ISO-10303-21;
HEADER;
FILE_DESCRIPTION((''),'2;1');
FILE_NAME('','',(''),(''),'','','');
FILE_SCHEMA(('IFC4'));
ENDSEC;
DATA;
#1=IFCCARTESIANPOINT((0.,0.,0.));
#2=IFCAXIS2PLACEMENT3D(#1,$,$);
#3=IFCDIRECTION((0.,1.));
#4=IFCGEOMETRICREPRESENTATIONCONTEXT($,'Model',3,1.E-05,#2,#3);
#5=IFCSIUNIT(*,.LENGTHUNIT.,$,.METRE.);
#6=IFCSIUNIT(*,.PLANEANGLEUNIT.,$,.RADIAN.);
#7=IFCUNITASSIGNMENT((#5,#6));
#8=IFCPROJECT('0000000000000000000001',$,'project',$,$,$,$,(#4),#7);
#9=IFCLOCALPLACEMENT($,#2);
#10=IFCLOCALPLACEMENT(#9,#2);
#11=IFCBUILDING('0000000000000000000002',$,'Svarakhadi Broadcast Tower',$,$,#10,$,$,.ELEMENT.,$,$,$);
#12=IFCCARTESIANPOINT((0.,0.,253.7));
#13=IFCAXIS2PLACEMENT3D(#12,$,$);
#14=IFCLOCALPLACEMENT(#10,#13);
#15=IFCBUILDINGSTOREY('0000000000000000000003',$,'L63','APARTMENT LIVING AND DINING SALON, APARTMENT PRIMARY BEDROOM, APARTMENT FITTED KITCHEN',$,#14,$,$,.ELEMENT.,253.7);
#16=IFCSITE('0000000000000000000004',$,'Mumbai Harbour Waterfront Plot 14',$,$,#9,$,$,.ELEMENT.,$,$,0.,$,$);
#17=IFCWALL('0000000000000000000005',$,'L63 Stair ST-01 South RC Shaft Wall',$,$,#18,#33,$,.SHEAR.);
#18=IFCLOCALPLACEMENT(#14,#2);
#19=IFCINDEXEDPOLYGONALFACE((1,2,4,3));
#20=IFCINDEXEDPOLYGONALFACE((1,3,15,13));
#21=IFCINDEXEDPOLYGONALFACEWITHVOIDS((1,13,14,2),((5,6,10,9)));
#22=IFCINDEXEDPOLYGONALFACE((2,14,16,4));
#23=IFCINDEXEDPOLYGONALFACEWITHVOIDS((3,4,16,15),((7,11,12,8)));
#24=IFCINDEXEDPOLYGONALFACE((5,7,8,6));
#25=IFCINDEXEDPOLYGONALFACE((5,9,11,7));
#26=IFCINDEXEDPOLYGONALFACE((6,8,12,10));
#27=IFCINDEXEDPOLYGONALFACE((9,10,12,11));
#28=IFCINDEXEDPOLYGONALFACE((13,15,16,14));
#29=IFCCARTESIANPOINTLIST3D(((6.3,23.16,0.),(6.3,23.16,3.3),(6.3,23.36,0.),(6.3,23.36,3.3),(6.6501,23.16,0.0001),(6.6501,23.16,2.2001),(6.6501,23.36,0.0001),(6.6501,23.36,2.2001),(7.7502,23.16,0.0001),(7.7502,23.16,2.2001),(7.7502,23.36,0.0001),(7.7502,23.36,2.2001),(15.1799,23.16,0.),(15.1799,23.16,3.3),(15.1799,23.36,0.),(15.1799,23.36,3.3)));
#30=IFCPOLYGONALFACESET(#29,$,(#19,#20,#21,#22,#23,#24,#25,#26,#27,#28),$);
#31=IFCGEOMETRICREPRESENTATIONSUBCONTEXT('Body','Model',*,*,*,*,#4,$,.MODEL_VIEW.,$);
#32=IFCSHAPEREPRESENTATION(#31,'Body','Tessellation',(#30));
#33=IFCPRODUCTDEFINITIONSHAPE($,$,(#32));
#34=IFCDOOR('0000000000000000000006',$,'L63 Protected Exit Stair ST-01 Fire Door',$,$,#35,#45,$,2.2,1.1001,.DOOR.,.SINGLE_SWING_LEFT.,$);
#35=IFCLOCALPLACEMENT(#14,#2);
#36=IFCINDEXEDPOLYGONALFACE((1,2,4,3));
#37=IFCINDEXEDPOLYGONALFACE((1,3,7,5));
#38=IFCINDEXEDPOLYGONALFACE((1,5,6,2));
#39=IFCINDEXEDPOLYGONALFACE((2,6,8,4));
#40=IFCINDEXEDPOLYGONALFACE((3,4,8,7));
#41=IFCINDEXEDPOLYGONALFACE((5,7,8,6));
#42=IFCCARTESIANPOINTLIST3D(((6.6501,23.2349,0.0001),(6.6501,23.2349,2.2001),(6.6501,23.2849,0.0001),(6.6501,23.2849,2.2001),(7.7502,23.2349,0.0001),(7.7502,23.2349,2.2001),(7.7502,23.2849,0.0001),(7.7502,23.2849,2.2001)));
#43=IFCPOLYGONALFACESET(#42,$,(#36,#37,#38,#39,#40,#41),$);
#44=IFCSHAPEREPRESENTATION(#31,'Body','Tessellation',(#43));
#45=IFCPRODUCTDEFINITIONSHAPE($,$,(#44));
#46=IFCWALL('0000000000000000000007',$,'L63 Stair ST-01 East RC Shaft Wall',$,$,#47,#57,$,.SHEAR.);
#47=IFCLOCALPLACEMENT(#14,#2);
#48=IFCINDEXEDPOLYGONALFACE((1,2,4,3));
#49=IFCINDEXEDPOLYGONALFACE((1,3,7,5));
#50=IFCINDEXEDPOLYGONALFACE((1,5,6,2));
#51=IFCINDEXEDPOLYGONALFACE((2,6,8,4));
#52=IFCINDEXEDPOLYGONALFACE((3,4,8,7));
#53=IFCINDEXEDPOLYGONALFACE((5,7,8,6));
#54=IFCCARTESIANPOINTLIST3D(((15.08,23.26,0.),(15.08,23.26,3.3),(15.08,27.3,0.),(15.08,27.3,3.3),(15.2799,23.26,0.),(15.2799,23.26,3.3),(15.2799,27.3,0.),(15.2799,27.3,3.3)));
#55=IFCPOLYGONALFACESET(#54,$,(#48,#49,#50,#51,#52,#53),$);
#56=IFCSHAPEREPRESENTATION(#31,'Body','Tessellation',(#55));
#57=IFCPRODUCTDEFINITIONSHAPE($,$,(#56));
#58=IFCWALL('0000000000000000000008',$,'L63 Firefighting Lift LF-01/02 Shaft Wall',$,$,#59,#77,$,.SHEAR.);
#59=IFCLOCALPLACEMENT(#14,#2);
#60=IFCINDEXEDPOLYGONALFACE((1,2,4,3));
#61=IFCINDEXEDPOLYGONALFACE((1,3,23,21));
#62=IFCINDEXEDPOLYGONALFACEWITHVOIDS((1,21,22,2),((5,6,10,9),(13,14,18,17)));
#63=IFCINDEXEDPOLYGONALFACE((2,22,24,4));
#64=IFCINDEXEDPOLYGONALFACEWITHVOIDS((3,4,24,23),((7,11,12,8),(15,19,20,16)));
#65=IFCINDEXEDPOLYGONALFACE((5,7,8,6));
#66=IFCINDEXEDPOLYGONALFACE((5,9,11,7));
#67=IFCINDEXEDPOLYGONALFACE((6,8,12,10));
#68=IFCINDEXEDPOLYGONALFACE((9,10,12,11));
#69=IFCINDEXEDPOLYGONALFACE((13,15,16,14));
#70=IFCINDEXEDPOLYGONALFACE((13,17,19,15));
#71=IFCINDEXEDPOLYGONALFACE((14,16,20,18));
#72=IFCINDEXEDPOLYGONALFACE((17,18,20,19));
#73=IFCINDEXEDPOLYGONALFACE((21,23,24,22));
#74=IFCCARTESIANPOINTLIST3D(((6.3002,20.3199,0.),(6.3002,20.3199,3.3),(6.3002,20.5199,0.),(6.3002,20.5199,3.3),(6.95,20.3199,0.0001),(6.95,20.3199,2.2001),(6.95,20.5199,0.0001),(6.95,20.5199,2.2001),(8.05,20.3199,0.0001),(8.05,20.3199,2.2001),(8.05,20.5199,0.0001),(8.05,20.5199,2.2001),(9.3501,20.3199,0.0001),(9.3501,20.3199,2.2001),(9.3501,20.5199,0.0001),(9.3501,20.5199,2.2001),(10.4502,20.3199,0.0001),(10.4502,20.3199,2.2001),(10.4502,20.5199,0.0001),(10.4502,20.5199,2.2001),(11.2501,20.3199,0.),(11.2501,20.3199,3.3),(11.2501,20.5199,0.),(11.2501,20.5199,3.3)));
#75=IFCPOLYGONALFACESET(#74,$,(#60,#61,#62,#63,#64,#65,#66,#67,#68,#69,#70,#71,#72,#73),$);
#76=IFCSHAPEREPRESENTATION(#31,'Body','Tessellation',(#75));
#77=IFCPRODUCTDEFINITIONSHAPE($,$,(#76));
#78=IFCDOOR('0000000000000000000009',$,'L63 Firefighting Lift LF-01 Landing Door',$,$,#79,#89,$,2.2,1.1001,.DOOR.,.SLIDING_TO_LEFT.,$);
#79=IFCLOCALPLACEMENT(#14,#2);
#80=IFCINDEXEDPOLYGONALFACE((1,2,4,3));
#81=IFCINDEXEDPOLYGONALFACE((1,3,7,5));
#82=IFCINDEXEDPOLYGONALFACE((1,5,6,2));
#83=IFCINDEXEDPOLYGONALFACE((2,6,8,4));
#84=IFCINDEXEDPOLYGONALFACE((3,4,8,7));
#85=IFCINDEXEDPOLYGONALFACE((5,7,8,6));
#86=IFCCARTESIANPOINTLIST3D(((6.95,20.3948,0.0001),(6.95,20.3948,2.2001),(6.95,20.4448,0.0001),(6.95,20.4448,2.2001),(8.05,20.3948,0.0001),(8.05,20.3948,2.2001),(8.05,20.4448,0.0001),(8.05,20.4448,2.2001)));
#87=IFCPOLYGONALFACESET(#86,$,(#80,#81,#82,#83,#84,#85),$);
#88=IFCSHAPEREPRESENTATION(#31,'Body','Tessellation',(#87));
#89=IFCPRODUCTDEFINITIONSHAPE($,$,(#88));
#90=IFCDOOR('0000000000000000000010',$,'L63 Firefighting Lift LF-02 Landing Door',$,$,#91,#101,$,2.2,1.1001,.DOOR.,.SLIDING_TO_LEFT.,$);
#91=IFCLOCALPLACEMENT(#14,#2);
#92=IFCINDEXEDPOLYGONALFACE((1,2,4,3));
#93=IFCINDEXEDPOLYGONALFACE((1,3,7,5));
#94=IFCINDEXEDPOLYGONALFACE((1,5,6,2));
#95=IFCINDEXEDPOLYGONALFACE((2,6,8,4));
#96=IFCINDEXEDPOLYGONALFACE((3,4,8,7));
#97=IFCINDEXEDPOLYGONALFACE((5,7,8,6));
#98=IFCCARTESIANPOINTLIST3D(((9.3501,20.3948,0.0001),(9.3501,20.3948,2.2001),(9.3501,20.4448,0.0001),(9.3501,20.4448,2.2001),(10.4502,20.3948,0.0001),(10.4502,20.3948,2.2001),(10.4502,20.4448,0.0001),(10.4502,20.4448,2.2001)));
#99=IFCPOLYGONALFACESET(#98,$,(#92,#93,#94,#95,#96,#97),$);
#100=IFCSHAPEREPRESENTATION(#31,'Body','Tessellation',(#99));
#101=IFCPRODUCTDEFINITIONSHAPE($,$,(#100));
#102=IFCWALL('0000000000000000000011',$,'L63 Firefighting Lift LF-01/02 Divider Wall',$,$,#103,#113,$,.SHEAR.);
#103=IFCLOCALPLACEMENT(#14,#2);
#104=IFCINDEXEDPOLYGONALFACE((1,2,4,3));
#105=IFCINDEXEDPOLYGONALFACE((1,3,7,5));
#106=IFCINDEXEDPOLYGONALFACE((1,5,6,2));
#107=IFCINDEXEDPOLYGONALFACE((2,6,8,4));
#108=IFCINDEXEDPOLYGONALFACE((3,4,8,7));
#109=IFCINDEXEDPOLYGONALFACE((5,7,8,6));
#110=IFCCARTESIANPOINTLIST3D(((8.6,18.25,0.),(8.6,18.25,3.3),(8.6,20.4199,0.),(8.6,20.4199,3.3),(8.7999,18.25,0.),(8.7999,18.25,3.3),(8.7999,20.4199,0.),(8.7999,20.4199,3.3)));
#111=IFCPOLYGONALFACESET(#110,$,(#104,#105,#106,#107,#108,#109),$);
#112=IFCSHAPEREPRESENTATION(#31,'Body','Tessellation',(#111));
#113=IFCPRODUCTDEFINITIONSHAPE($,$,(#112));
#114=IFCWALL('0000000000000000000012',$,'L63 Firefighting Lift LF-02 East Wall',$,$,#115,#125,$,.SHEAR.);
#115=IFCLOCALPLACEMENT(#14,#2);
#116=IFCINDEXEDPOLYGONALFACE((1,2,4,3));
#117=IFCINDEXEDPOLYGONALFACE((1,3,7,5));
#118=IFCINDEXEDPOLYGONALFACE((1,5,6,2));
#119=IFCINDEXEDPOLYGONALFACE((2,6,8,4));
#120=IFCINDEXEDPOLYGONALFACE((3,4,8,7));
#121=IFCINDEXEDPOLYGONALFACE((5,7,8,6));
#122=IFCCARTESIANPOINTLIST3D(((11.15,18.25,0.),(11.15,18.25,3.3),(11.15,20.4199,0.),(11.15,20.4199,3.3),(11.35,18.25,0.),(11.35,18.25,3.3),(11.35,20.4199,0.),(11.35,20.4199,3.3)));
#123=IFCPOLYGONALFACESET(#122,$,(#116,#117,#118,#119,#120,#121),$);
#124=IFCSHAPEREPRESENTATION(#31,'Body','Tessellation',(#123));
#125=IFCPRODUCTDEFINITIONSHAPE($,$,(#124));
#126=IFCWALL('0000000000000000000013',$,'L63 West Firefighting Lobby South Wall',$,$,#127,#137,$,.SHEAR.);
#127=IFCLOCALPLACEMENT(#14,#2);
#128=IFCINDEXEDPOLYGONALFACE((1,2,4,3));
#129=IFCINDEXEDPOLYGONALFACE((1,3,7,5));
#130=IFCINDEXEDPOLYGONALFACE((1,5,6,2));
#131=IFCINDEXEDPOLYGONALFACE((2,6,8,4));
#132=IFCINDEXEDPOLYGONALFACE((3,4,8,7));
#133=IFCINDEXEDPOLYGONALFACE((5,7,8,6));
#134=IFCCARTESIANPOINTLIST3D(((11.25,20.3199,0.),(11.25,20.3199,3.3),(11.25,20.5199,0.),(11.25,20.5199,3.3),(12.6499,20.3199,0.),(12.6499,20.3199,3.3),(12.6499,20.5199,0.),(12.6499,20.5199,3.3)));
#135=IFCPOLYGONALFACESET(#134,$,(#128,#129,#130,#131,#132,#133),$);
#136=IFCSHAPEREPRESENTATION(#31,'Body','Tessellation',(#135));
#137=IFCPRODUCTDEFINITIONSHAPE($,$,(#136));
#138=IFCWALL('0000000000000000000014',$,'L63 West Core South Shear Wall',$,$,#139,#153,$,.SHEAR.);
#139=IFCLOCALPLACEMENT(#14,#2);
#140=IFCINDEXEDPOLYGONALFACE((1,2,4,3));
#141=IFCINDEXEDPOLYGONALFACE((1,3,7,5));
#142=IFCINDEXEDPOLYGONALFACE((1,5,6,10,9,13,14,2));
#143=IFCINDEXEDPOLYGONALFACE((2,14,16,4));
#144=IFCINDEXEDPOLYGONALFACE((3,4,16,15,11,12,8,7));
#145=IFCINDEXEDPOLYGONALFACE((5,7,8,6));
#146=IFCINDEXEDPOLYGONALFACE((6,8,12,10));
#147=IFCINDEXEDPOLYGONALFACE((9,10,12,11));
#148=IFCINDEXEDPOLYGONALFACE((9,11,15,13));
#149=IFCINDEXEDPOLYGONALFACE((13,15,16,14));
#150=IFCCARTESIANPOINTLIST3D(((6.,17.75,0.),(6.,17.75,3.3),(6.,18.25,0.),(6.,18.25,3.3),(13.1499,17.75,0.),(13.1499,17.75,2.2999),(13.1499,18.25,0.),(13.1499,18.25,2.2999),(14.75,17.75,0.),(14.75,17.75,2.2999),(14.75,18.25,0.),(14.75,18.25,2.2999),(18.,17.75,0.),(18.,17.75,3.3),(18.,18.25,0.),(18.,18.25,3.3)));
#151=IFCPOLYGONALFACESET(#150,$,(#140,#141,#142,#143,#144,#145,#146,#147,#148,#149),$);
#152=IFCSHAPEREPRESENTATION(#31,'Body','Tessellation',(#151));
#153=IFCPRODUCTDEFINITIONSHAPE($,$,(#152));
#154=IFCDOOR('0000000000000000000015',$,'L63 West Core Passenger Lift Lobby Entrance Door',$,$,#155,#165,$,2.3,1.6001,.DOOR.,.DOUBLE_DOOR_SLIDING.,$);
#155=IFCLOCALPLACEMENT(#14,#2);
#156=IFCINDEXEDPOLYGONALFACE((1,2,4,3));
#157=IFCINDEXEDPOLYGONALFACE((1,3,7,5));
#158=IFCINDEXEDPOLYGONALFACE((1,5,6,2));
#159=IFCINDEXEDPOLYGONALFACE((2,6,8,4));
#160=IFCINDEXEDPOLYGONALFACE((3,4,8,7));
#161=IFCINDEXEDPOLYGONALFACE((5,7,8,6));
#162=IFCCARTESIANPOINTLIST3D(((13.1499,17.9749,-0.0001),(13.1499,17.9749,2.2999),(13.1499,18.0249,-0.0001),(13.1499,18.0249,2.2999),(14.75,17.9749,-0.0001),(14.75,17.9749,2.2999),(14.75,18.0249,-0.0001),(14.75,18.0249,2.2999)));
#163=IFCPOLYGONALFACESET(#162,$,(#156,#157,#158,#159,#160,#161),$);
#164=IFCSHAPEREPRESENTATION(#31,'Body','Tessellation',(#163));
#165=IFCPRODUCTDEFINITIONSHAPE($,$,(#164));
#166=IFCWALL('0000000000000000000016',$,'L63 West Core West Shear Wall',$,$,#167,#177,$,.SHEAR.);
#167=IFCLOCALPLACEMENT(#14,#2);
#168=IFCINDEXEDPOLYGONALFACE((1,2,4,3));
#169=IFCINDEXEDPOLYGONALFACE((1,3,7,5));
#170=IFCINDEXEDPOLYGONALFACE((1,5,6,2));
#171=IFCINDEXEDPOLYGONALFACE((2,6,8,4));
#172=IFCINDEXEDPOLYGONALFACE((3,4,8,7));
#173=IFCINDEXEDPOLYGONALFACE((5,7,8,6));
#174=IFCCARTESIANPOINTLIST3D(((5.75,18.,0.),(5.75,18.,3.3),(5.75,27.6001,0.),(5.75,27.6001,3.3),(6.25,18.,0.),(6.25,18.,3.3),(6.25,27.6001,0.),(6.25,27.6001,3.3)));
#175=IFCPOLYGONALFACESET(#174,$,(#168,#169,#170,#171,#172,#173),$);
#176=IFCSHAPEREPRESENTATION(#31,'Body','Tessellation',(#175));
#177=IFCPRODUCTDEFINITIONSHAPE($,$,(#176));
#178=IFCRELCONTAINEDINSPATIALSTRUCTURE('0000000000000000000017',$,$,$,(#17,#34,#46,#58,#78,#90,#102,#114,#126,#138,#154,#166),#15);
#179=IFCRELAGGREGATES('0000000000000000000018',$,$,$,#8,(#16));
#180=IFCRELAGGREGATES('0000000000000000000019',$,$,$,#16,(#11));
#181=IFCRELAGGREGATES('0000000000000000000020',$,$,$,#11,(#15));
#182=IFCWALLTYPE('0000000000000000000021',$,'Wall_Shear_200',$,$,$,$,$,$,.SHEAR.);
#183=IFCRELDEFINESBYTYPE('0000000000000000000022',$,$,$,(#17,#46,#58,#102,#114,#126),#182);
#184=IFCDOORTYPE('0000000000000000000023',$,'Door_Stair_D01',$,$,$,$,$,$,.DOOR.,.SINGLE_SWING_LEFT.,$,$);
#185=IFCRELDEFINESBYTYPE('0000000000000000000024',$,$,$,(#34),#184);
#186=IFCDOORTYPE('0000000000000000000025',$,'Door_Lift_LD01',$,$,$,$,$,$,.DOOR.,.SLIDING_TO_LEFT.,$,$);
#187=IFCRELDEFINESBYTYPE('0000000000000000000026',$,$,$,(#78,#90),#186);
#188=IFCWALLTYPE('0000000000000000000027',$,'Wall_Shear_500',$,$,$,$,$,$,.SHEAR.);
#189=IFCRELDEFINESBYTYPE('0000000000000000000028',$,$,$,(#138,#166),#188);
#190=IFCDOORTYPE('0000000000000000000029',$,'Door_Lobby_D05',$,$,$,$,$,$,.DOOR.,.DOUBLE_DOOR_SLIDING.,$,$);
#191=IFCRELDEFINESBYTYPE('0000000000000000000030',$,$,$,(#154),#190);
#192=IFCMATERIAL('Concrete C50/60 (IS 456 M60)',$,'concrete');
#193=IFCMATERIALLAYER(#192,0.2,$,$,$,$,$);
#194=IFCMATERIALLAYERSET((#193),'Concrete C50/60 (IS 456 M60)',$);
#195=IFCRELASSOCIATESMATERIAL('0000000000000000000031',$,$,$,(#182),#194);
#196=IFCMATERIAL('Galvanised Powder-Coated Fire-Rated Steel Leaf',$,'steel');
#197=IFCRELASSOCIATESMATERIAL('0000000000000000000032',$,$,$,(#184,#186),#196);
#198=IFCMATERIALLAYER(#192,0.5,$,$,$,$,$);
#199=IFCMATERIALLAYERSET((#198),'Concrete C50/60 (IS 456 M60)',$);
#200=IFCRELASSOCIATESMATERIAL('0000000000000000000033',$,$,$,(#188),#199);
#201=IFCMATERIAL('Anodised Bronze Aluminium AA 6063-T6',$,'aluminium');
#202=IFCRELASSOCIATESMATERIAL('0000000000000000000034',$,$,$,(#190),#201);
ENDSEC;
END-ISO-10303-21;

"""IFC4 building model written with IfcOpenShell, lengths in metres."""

from ifc_helpers import new_model, si_unit, direction, frame, frame_2d, origin, place, context, subcontext, project, spatial, rectangle, extrude, material, layer, layer_set, type_object, element, fill, save


model = new_model("IFC4")

# Units and contexts
model_context = context("Model", 3, precision=1e-05, world=origin(), true_north=direction((0.0, 1.0)))
body_context = subcontext(model_context, "Body", "Model", "MODEL_VIEW")
ifc_project = project(units=[si_unit("LENGTHUNIT", "METRE"), si_unit("PLANEANGLEUNIT", "RADIAN")], contexts=[model_context])

# Site, building, storey
site_placement = place(None, origin())
site = spatial("IfcSite", under=ifc_project, at=site_placement, Name="Mumbai Harbour Waterfront Plot 14", CompositionType="ELEMENT", RefElevation=0.0)
building_placement = place(site_placement, origin())
building = spatial("IfcBuilding", under=site, at=building_placement, Name="Svarakhadi Broadcast Tower", CompositionType="ELEMENT")
storey_placement = place(building_placement, frame((0.0, 0.0, 253.7)))
storey = spatial("IfcBuildingStorey", under=building, at=storey_placement, Name="L63", Description="APARTMENT LIVING AND DINING SALON, APARTMENT PRIMARY BEDROOM, APARTMENT FITTED KITCHEN", CompositionType="ELEMENT", Elevation=253.7)

# Shared definitions
ifc_material_1 = material(Name="Concrete C50/60 (IS 456 M60)", Category="concrete")

# Wall, opening, door
ifc_layer_1 = layer(ifc_material_1, 0.2)
ifc_layer_set_1 = layer_set([ifc_layer_1], Name="Concrete C50/60 (IS 456 M60)")
wall_type_1 = type_object("IfcWallType", Name="Wall_Shear_200", PredefinedType="SHEAR", material=ifc_layer_set_1)
wall_1_placement = place(storey_placement, frame((6.3, 23.26, 0.0), z_axis=(0.0, 0.0, 1.0), x_axis=(1.0, 0.0, 0.0)))
wall_1 = element("IfcWall", 1, at=wall_1_placement, inside=storey, type_object=wall_type_1, Name="L63 Stair ST-01 South RC Shaft Wall", PredefinedType="SHEAR", context=body_context, shape_type="SweptSolid", body=[
    extrude(rectangle(XDim=8.8799, YDim=0.2, at=frame_2d((4.4399, 0.0))), origin(), (0.0, 0.0, 1.0), 3.3),
])
opening_1_placement = place(wall_1_placement, frame((0.3501, 0.0, 0.0)))
opening_1 = element("IfcOpeningElement", 2, at=opening_1_placement, cuts=wall_1, PredefinedType="OPENING", context=body_context, shape_type="SweptSolid", body=[
    extrude(rectangle(XDim=1.1001, YDim=2.2, at=frame_2d((0.55, 1.1001))), frame((0.0, 0.1099, 0.0), z_axis=(0.0, -1.0, 0.0), x_axis=(1.0, 0.0, 0.0)), (0.0, 0.0, 1.0), 0.22),
])
ifc_material_2 = material(Name="Galvanised Powder-Coated Fire-Rated Steel Leaf", Category="steel")
door_type_1 = type_object("IfcDoorType", Name="Door_Stair_D01", OperationType="SINGLE_SWING_LEFT", PredefinedType="DOOR", material=ifc_material_2)
door_1_placement = place(opening_1_placement, origin())
door_1 = element("IfcDoor", 3, at=door_1_placement, inside=storey, type_object=door_type_1, Name="L63 Protected Exit Stair ST-01 Fire Door", OperationType="SINGLE_SWING_LEFT", OverallHeight=2.2, OverallWidth=1.1001, PredefinedType="DOOR", context=body_context, shape_type="SweptSolid", body=[
    extrude(rectangle(XDim=1.1001, YDim=2.2, at=frame_2d((0.55, 1.1001))), frame((0.0, 0.0249, 0.0), z_axis=(0.0, -1.0, 0.0), x_axis=(1.0, 0.0, 0.0)), (0.0, 0.0, 1.0), 0.05),
])
fill(opening_1, door_1)

# Wall
wall_2_placement = place(storey_placement, frame((15.1799, 23.26, 0.0), z_axis=(0.0, 0.0, 1.0), x_axis=(0.0, 1.0, 0.0)))
element("IfcWall", 4, at=wall_2_placement, inside=storey, type_object=wall_type_1, Name="L63 Stair ST-01 East RC Shaft Wall", PredefinedType="SHEAR", context=body_context, shape_type="SweptSolid", body=[
    extrude(rectangle(XDim=4.04, YDim=0.2, at=frame_2d((2.02, 0.0))), origin(), (0.0, 0.0, 1.0), 3.3),
])

# Wall, openings, doors
wall_3_placement = place(storey_placement, frame((6.3, 20.4199, 0.0), z_axis=(0.0, 0.0, 1.0), x_axis=(1.0, 0.0, 0.0)))
wall_3 = element("IfcWall", 5, at=wall_3_placement, inside=storey, type_object=wall_type_1, Name="L63 Firefighting Lift LF-01/02 Shaft Wall", PredefinedType="SHEAR", context=body_context, shape_type="SweptSolid", body=[
    extrude(rectangle(XDim=4.95, YDim=0.2, at=frame_2d((2.4751, 0.0))), origin(), (0.0, 0.0, 1.0), 3.3),
])
opening_2_placement = place(wall_3_placement, frame((0.6499, 0.0, 0.0)))
opening_2 = element("IfcOpeningElement", 6, at=opening_2_placement, cuts=wall_3, PredefinedType="OPENING", context=body_context, shape_type="SweptSolid", body=[
    extrude(rectangle(XDim=1.1001, YDim=2.2, at=frame_2d((0.55, 1.1001))), frame((0.0, 0.1099, 0.0), z_axis=(0.0, -1.0, 0.0), x_axis=(1.0, 0.0, 0.0)), (0.0, 0.0, 1.0), 0.22),
])
opening_3_placement = place(wall_3_placement, frame((3.05, 0.0, 0.0)))
opening_3 = element("IfcOpeningElement", 7, at=opening_3_placement, cuts=wall_3, PredefinedType="OPENING", context=body_context, shape_type="SweptSolid", body=[
    extrude(rectangle(XDim=1.1001, YDim=2.2, at=frame_2d((0.55, 1.1001))), frame((0.0, 0.1099, 0.0), z_axis=(0.0, -1.0, 0.0), x_axis=(1.0, 0.0, 0.0)), (0.0, 0.0, 1.0), 0.22),
])
door_type_2 = type_object("IfcDoorType", Name="Door_Lift_LD01", OperationType="SLIDING_TO_LEFT", PredefinedType="DOOR", material=ifc_material_2)
door_2_placement = place(opening_2_placement, origin())
door_2 = element("IfcDoor", 8, at=door_2_placement, inside=storey, type_object=door_type_2, Name="L63 Firefighting Lift LF-01 Landing Door", OperationType="SLIDING_TO_LEFT", OverallHeight=2.2, OverallWidth=1.1001, PredefinedType="DOOR", context=body_context, shape_type="SweptSolid", body=[
    extrude(rectangle(XDim=1.1001, YDim=2.2, at=frame_2d((0.55, 1.1001))), frame((0.0, 0.0249, 0.0), z_axis=(0.0, -1.0, 0.0), x_axis=(1.0, 0.0, 0.0)), (0.0, 0.0, 1.0), 0.05),
])
fill(opening_2, door_2)
door_3_placement = place(opening_3_placement, origin())
door_3 = element("IfcDoor", 9, at=door_3_placement, inside=storey, type_object=door_type_2, Name="L63 Firefighting Lift LF-02 Landing Door", OperationType="SLIDING_TO_LEFT", OverallHeight=2.2, OverallWidth=1.1001, PredefinedType="DOOR", context=body_context, shape_type="SweptSolid", body=[
    extrude(rectangle(XDim=1.1001, YDim=2.2, at=frame_2d((0.55, 1.1001))), frame((0.0, 0.0249, 0.0), z_axis=(0.0, -1.0, 0.0), x_axis=(1.0, 0.0, 0.0)), (0.0, 0.0, 1.0), 0.05),
])
fill(opening_3, door_3)

# Walls
for number, where, z_axis, x_axis, name in (
    (10, (8.7, 18.25, 0.0), (0.0, 0.0, 1.0), (0.0, 1.0, 0.0), "L63 Firefighting Lift LF-01/02 Divider Wall"),
    (11, (11.25, 18.25, 0.0), (0.0, 0.0, 1.0), (0.0, 1.0, 0.0), "L63 Firefighting Lift LF-02 East Wall"),
):
    element("IfcWall", number, at=place(storey_placement, frame(where, z_axis=z_axis, x_axis=x_axis)), inside=storey, type_object=wall_type_1, Name=name, PredefinedType="SHEAR", context=body_context, shape_type="SweptSolid", body=[
        extrude(rectangle(XDim=2.1699, YDim=0.2, at=frame_2d((1.085, 0.0))), origin(), (0.0, 0.0, 1.0), 3.3),
    ])
wall_4_placement = place(storey_placement, frame((11.25, 20.4199, 0.0), z_axis=(0.0, 0.0, 1.0), x_axis=(1.0, 0.0, 0.0)))
element("IfcWall", 12, at=wall_4_placement, inside=storey, type_object=wall_type_1, Name="L63 West Firefighting Lobby South Wall", PredefinedType="SHEAR", context=body_context, shape_type="SweptSolid", body=[
    extrude(rectangle(XDim=1.3999, YDim=0.2, at=frame_2d((0.7, 0.0))), origin(), (0.0, 0.0, 1.0), 3.3),
])

# Wall, opening, door
ifc_layer_2 = layer(ifc_material_1, 0.5)
ifc_layer_set_2 = layer_set([ifc_layer_2], Name="Concrete C50/60 (IS 456 M60)")
wall_type_2 = type_object("IfcWallType", Name="Wall_Shear_500", PredefinedType="SHEAR", material=ifc_layer_set_2)
wall_5_placement = place(storey_placement, frame((6.0, 18.0, 0.0), z_axis=(0.0, 0.0, 1.0), x_axis=(1.0, 0.0, 0.0)))
wall_5 = element("IfcWall", 13, at=wall_5_placement, inside=storey, type_object=wall_type_2, Name="L63 West Core South Shear Wall", PredefinedType="SHEAR", context=body_context, shape_type="SweptSolid", body=[
    extrude(rectangle(XDim=12.0, YDim=0.5, at=frame_2d((6.0, 0.0))), origin(), (0.0, 0.0, 1.0), 3.3),
])
opening_4_placement = place(wall_5_placement, frame((7.1499, 0.0, 0.0)))
opening_4 = element("IfcOpeningElement", 14, at=opening_4_placement, cuts=wall_5, PredefinedType="OPENING", context=body_context, shape_type="SweptSolid", body=[
    extrude(rectangle(XDim=1.6001, YDim=2.3, at=frame_2d((0.8, 1.1499))), frame((0.0, 0.26, 0.0), z_axis=(0.0, -1.0, 0.0), x_axis=(1.0, 0.0, 0.0)), (0.0, 0.0, 1.0), 0.52),
])
ifc_material_3 = material(Name="Anodised Bronze Aluminium AA 6063-T6", Category="aluminium")
door_type_3 = type_object("IfcDoorType", Name="Door_Lobby_D05", OperationType="DOUBLE_DOOR_SLIDING", PredefinedType="DOOR", material=ifc_material_3)
door_4_placement = place(opening_4_placement, origin())
door_4 = element("IfcDoor", 15, at=door_4_placement, inside=storey, type_object=door_type_3, Name="L63 West Core Passenger Lift Lobby Entrance Door", OperationType="DOUBLE_DOOR_SLIDING", OverallHeight=2.3, OverallWidth=1.6001, PredefinedType="DOOR", context=body_context, shape_type="SweptSolid", body=[
    extrude(rectangle(XDim=1.6001, YDim=2.3, at=frame_2d((0.8, 1.1499))), frame((0.0, 0.0249, 0.0), z_axis=(0.0, -1.0, 0.0), x_axis=(1.0, 0.0, 0.0)), (0.0, 0.0, 1.0), 0.05),
])
fill(opening_4, door_4)

# Wall
wall_6_placement = place(storey_placement, frame((6.0, 18.0, 0.0), z_axis=(0.0, 0.0, 1.0), x_axis=(0.0, 1.0, 0.0)))
element("IfcWall", 16, at=wall_6_placement, inside=storey, type_object=wall_type_2, Name="L63 West Core West Shear Wall", PredefinedType="SHEAR", context=body_context, shape_type="SweptSolid", body=[
    extrude(rectangle(XDim=9.6001, YDim=0.5, at=frame_2d((4.8, 0.0))), origin(), (0.0, 0.0, 1.0), 3.3),
])

save(model, "model.ifc")
